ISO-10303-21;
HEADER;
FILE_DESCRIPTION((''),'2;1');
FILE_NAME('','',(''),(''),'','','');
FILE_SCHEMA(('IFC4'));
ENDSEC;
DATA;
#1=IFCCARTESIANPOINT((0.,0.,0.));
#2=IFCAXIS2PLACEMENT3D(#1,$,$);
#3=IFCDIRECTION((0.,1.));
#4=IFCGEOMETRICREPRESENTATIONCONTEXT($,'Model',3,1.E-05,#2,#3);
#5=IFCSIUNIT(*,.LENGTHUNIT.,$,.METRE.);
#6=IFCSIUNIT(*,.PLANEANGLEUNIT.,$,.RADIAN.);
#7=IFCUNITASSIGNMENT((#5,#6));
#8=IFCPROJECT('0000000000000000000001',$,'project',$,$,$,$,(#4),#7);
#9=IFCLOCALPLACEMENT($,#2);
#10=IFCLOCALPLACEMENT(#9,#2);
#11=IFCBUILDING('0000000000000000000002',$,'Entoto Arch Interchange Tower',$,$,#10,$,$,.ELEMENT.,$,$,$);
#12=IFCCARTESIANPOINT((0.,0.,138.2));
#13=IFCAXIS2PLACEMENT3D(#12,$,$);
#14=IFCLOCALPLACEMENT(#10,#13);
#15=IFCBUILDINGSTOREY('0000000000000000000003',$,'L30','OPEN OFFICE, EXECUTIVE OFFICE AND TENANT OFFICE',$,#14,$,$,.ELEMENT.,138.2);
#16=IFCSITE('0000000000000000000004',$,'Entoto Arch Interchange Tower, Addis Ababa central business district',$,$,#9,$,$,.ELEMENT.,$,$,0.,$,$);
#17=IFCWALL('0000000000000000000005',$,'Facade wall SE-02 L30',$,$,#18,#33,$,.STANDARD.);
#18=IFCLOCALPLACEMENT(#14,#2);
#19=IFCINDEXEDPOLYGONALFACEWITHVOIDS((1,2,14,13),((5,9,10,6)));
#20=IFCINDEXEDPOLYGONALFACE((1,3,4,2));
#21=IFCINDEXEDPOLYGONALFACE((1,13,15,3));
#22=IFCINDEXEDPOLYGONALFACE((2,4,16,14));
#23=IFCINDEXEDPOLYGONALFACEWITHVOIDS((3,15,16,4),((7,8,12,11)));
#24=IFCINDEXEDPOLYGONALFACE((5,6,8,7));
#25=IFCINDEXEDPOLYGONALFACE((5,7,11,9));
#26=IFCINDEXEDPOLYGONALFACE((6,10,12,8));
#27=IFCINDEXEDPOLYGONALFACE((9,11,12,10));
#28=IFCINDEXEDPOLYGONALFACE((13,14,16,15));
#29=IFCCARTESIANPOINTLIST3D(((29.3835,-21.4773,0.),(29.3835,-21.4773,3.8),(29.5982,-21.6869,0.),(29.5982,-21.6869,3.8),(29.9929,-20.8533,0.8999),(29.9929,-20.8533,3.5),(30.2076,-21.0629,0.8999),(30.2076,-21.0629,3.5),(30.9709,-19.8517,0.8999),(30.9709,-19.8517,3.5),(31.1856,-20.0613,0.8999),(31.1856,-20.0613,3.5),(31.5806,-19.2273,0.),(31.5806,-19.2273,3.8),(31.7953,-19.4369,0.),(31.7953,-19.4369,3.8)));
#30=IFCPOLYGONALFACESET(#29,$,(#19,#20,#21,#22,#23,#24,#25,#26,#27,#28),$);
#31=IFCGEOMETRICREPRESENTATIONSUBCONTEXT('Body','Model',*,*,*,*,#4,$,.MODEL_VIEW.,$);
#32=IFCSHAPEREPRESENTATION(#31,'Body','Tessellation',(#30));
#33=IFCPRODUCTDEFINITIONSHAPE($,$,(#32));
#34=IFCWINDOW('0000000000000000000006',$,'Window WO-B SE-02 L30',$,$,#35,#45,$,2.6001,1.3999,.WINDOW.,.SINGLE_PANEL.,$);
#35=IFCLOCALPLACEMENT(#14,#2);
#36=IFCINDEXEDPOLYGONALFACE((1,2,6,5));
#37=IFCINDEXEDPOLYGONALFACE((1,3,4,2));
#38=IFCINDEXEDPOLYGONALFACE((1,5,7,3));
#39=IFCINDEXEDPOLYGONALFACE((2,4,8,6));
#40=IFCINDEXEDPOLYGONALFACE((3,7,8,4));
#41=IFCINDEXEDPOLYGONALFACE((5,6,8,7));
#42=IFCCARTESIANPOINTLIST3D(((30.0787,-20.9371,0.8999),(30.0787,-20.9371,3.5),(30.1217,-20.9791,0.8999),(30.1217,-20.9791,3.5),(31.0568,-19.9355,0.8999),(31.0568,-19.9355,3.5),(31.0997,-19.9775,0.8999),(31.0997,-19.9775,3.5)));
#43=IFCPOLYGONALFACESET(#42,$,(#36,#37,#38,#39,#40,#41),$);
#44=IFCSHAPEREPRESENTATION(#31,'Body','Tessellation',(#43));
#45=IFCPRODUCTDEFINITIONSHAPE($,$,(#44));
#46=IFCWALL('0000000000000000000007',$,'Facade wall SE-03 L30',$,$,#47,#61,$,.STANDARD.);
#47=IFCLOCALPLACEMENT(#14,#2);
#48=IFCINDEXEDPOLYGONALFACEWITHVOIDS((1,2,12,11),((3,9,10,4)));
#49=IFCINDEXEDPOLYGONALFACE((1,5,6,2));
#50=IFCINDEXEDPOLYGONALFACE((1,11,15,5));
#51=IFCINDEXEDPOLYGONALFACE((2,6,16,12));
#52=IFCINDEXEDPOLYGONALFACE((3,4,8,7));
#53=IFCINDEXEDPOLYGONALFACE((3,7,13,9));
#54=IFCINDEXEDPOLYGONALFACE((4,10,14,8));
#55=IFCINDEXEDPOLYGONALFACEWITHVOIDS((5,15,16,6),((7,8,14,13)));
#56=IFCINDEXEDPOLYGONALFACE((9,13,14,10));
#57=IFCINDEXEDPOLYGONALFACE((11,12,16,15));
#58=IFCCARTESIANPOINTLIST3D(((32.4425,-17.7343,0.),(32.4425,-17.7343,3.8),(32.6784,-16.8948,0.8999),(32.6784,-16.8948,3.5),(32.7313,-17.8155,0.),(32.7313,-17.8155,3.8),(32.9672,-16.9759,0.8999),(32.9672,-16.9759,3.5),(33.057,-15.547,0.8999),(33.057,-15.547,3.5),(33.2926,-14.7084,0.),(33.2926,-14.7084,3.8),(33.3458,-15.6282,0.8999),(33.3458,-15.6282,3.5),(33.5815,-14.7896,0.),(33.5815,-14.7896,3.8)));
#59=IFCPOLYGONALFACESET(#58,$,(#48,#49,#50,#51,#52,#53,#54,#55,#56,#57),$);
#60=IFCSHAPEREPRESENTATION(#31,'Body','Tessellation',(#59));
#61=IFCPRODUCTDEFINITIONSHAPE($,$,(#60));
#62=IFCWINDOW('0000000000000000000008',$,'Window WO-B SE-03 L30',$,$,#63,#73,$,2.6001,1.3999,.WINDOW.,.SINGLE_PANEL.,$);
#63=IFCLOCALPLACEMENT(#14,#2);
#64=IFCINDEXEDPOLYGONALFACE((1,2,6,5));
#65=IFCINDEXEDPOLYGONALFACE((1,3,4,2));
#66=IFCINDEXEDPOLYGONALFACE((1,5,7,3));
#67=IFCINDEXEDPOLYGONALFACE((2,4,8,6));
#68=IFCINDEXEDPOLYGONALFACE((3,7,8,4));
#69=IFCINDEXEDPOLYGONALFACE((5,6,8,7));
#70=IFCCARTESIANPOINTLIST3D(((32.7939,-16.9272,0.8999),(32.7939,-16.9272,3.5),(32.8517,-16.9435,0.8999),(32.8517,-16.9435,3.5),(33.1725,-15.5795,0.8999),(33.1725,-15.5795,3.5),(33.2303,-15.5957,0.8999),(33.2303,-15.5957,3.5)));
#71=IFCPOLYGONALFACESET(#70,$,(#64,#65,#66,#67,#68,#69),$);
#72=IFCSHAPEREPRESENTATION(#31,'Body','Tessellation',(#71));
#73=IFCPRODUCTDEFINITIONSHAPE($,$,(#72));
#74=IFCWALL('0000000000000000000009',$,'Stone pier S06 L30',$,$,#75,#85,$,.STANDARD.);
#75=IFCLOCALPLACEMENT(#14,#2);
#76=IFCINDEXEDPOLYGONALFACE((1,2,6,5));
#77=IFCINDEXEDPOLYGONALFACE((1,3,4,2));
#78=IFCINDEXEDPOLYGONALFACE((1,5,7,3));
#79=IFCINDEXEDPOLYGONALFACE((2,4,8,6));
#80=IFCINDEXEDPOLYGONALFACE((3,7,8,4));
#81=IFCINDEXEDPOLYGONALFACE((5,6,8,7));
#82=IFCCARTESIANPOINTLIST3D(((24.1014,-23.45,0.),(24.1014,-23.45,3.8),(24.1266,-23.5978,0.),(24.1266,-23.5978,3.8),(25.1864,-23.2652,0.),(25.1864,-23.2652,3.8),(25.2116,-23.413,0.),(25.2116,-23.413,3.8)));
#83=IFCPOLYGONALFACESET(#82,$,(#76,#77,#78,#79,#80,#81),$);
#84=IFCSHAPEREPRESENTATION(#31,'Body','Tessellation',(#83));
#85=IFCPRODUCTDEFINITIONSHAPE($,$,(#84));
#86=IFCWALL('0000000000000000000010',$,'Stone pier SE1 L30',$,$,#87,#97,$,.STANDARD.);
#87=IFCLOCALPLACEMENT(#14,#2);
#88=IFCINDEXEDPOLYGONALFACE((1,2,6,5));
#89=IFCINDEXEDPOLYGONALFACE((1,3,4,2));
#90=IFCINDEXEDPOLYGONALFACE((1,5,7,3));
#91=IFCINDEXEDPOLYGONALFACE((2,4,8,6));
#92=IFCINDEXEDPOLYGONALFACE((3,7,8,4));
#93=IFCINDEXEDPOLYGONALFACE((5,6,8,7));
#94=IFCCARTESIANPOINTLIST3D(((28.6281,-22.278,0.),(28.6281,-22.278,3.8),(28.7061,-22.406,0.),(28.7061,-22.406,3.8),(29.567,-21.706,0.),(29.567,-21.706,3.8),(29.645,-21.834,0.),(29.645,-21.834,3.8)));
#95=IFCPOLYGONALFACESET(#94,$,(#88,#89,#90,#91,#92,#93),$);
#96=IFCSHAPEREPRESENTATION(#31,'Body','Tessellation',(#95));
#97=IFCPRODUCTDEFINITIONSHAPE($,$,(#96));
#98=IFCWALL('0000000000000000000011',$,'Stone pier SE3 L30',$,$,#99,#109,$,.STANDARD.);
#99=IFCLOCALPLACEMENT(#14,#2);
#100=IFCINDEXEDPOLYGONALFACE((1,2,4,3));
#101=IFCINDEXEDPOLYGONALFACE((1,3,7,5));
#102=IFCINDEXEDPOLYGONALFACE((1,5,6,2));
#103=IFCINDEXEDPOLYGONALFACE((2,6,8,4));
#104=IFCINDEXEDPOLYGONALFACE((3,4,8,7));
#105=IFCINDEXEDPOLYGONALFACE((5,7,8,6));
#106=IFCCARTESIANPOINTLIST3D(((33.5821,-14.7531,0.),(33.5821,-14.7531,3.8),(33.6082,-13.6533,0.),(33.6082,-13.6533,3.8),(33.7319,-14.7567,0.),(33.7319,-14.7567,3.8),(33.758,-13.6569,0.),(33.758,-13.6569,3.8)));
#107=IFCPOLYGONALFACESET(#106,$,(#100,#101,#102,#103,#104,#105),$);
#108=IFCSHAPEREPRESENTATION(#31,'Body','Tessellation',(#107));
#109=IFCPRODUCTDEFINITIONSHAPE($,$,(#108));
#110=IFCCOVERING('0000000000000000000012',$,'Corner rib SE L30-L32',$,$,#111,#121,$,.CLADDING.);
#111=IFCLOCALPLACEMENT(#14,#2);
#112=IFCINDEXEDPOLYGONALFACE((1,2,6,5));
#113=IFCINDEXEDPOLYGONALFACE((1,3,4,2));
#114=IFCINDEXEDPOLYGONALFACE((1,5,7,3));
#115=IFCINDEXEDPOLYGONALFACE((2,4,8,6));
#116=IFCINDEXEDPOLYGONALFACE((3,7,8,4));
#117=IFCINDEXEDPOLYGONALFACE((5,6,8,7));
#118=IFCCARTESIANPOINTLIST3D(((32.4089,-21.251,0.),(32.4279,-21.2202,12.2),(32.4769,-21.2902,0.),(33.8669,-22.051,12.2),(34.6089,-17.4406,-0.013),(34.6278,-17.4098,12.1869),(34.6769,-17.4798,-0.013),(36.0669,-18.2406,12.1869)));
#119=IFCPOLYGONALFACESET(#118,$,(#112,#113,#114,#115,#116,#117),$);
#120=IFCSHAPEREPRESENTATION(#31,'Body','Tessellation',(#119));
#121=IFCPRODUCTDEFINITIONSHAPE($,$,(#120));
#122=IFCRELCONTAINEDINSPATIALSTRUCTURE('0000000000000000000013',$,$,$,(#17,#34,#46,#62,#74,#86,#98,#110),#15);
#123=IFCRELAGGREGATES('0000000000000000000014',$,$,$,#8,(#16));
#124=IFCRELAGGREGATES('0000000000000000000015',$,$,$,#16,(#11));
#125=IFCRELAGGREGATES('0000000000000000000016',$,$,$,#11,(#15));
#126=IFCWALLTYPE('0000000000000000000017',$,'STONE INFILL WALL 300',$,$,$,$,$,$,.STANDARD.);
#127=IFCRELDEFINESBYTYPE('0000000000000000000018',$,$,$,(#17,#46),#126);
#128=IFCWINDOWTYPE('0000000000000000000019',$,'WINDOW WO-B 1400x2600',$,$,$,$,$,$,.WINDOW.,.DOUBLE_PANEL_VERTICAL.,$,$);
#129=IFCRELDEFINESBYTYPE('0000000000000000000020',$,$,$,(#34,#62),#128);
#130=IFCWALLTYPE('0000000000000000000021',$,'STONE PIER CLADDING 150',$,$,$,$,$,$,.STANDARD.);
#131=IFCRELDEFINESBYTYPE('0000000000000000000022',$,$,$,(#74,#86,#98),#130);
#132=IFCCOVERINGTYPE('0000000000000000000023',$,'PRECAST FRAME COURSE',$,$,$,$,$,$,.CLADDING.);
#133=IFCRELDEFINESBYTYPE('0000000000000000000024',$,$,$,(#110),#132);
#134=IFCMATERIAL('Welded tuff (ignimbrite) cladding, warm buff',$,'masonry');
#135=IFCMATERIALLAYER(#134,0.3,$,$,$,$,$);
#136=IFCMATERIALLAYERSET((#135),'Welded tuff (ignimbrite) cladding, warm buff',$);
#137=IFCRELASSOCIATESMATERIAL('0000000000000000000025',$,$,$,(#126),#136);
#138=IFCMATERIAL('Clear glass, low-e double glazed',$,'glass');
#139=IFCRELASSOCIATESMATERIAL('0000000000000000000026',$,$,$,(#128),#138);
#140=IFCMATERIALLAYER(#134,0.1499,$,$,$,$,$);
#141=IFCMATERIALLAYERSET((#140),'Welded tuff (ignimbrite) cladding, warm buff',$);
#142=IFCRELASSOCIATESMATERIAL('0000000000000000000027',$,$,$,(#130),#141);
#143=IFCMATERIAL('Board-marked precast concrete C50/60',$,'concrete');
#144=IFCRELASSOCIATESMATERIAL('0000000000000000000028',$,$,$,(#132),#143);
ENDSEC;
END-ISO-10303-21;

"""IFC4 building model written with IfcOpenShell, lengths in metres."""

from ifc_helpers import new_model, si_unit, direction, frame, frame_2d, origin, place, context, subcontext, project, spatial, polyline, rectangle, outline, extrude, material, layer, layer_set, type_object, element, fill, save


model = new_model("IFC4")

# Units and contexts
model_context = context("Model", 3, precision=1e-05, world=origin(), true_north=direction((0.0, 1.0)))
body_context = subcontext(model_context, "Body", "Model", "MODEL_VIEW")
ifc_project = project(units=[si_unit("LENGTHUNIT", "METRE"), si_unit("PLANEANGLEUNIT", "RADIAN")], contexts=[model_context])

# Site, building, storey
site_placement = place(None, origin())
site = spatial("IfcSite", under=ifc_project, at=site_placement, Name="Entoto Arch Interchange Tower, Addis Ababa central business district", CompositionType="ELEMENT", RefElevation=0.0)
building_placement = place(site_placement, origin())
building = spatial("IfcBuilding", under=site, at=building_placement, Name="Entoto Arch Interchange Tower", CompositionType="ELEMENT")
storey_placement = place(building_placement, frame((0.0, 0.0, 138.2)))
storey = spatial("IfcBuildingStorey", under=building, at=storey_placement, Name="L30", Description="OPEN OFFICE, EXECUTIVE OFFICE AND TENANT OFFICE", CompositionType="ELEMENT", Elevation=138.2)

# Shared definitions
ifc_material_1 = material(Name="Board-marked precast concrete C50/60", Category="concrete")

# Shared definitions
ifc_material_2 = material(Name="Welded tuff (ignimbrite) cladding, warm buff", Category="masonry")
ifc_layer_1 = layer(ifc_material_2, 0.3)
ifc_layer_set_1 = layer_set([ifc_layer_1], Name="Welded tuff (ignimbrite) cladding, warm buff")
wall_type_1 = type_object("IfcWallType", Name="STONE INFILL WALL 300", PredefinedType="STANDARD", material=ifc_layer_set_1)
ifc_material_3 = material(Name="Clear glass, low-e double glazed", Category="glass")

# Walls, openings, windows
window_type_1 = type_object("IfcWindowType", Name="WINDOW WO-B 1400x2600", PartitioningType="DOUBLE_PANEL_VERTICAL", PredefinedType="WINDOW", material=ifc_material_3)
wall_1_placement = place(storey_placement, frame((29.491, -21.582, 0.0), z_axis=(0.0, 0.0, 1.0), x_axis=(0.698633, 0.71548, 0.0)))
wall_1 = element("IfcWall", 1, at=wall_1_placement, inside=storey, type_object=wall_type_1, Name="Facade wall SE-02 L30", PredefinedType="STANDARD", context=body_context, shape_type="SweptSolid", body=[
    extrude(rectangle(XDim=3.1448, YDim=0.3, at=frame_2d((1.5723, 0.0))), origin(), (0.0, 0.0, 1.0), 3.8),
])
opening_1_placement = place(wall_1_placement, frame((0.8721, 0.0, 0.8999)))
opening_1 = element("IfcOpeningElement", 2, at=opening_1_placement, cuts=wall_1, PredefinedType="OPENING", context=body_context, shape_type="SweptSolid", body=[
    extrude(rectangle(XDim=1.3999, YDim=2.6001, at=frame_2d((0.7, 1.3))), frame((0.0, 0.1602, 0.0), z_axis=(0.0, -1.0, 0.0), x_axis=(1.0, 0.0, 0.0)), (0.0, 0.0, 1.0), 0.3201),
])
window_1_placement = place(opening_1_placement, origin())
window_1 = element("IfcWindow", 3, at=window_1_placement, inside=storey, type_object=window_type_1, Name="Window WO-B SE-02 L30", OverallHeight=2.6001, OverallWidth=1.3999, PartitioningType="SINGLE_PANEL", PredefinedType="WINDOW", context=body_context, shape_type="SweptSolid", body=[
    extrude(rectangle(XDim=1.3999, YDim=2.6001, at=frame_2d((0.7, 1.3))), frame((0.0, 0.03, 0.0), z_axis=(0.0, -1.0, 0.0), x_axis=(1.0, 0.0, 0.0)), (0.0, 0.0, 1.0), 0.0601),
])
fill(opening_1, window_1)
wall_2_placement = place(storey_placement, frame((32.5869, -17.7749, 0.0), z_axis=(0.0, 0.0, 1.0), x_axis=(0.270471, 0.962728, 0.0)))
wall_2 = element("IfcWall", 4, at=wall_2_placement, inside=storey, type_object=wall_type_1, Name="Facade wall SE-03 L30", PredefinedType="STANDARD", context=body_context, shape_type="SweptSolid", body=[
    extrude(rectangle(XDim=3.1431, YDim=0.3, at=frame_2d((1.5715, 0.0))), origin(), (0.0, 0.0, 1.0), 3.8),
])
opening_2_placement = place(wall_2_placement, frame((0.8721, 0.0, 0.8999)))
opening_2 = element("IfcOpeningElement", 5, at=opening_2_placement, cuts=wall_2, PredefinedType="OPENING", context=body_context, shape_type="SweptSolid", body=[
    extrude(rectangle(XDim=1.3999, YDim=2.6001, at=frame_2d((0.7, 1.3))), frame((0.0, 0.1602, 0.0), z_axis=(0.0, -1.0, 0.0), x_axis=(1.0, 0.0, 0.0)), (0.0, 0.0, 1.0), 0.3201),
])
window_2_placement = place(opening_2_placement, origin())
window_2 = element("IfcWindow", 6, at=window_2_placement, inside=storey, type_object=window_type_1, Name="Window WO-B SE-03 L30", OverallHeight=2.6001, OverallWidth=1.3999, PartitioningType="SINGLE_PANEL", PredefinedType="WINDOW", context=body_context, shape_type="SweptSolid", body=[
    extrude(rectangle(XDim=1.3999, YDim=2.6001, at=frame_2d((0.7, 1.3))), frame((0.0, 0.03, 0.0), z_axis=(0.0, -1.0, 0.0), x_axis=(1.0, 0.0, 0.0)), (0.0, 0.0, 1.0), 0.0601),
])
fill(opening_2, window_2)

# Walls
ifc_layer_2 = layer(ifc_material_2, 0.1499)
ifc_layer_set_2 = layer_set([ifc_layer_2], Name="Welded tuff (ignimbrite) cladding, warm buff")
wall_type_2 = type_object("IfcWallType", Name="STONE PIER CLADDING 150", PredefinedType="STANDARD", material=ifc_layer_set_2)
wall_3_placement = place(storey_placement, frame((24.114, -23.5239, 0.0), z_axis=(0.0, 0.0, 1.0), x_axis=(0.9858, 0.167923, 0.0)))
element("IfcWall", 7, at=wall_3_placement, inside=storey, type_object=wall_type_2, Name="Stone pier S06 L30", PredefinedType="STANDARD", context=body_context, shape_type="SweptSolid", body=[
    extrude(rectangle(XDim=1.1006, YDim=0.1499, at=frame_2d((0.5503, 0.0))), origin(), (0.0, 0.0, 1.0), 3.8),
])
wall_4_placement = place(storey_placement, frame((28.667, -22.342, 0.0), z_axis=(0.0, 0.0, 1.0), x_axis=(0.854006, 0.520264, 0.0)))
element("IfcWall", 8, at=wall_4_placement, inside=storey, type_object=wall_type_2, Name="Stone pier SE1 L30", PredefinedType="STANDARD", context=body_context, shape_type="SweptSolid", body=[
    extrude(rectangle(XDim=1.0994, YDim=0.1499, at=frame_2d((0.5498, 0.0))), origin(), (0.0, 0.0, 1.0), 3.8),
])
wall_5_placement = place(storey_placement, frame((33.657, -14.7549, 0.0), z_axis=(0.0, 0.0, 1.0), x_axis=(0.023745, 0.999718, 0.0)))
element("IfcWall", 9, at=wall_5_placement, inside=storey, type_object=wall_type_2, Name="Stone pier SE3 L30", PredefinedType="STANDARD", context=body_context, shape_type="SweptSolid", body=[
    extrude(rectangle(XDim=1.1001, YDim=0.1499, at=frame_2d((0.55, 0.0))), origin(), (0.0, 0.0, 1.0), 3.8),
])

# Covering
covering_type = type_object("IfcCoveringType", Name="PRECAST FRAME COURSE", PredefinedType="CLADDING", material=ifc_material_1)
covering_1_placement = place(storey_placement, frame((32.4089, -21.251, 0.0), z_axis=(-0.5, -0.866021, 0.002963), x_axis=(0.866024, -0.500002, 0.000009)))
element("IfcCovering", 10, at=covering_1_placement, inside=storey, type_object=covering_type, Name="Corner rib SE L30-L32", PredefinedType="CLADDING", context=body_context, shape_type="SweptSolid", body=[
    extrude(outline(polyline([(0.0, 0.0), (0.0785, 0.0), (1.6628, 12.2), (0.0011, 12.2), (0.0, 0.0)])), origin(), (0.0, 0.0, -1.0), 4.3999),
])

save(model, "model.ifc")
